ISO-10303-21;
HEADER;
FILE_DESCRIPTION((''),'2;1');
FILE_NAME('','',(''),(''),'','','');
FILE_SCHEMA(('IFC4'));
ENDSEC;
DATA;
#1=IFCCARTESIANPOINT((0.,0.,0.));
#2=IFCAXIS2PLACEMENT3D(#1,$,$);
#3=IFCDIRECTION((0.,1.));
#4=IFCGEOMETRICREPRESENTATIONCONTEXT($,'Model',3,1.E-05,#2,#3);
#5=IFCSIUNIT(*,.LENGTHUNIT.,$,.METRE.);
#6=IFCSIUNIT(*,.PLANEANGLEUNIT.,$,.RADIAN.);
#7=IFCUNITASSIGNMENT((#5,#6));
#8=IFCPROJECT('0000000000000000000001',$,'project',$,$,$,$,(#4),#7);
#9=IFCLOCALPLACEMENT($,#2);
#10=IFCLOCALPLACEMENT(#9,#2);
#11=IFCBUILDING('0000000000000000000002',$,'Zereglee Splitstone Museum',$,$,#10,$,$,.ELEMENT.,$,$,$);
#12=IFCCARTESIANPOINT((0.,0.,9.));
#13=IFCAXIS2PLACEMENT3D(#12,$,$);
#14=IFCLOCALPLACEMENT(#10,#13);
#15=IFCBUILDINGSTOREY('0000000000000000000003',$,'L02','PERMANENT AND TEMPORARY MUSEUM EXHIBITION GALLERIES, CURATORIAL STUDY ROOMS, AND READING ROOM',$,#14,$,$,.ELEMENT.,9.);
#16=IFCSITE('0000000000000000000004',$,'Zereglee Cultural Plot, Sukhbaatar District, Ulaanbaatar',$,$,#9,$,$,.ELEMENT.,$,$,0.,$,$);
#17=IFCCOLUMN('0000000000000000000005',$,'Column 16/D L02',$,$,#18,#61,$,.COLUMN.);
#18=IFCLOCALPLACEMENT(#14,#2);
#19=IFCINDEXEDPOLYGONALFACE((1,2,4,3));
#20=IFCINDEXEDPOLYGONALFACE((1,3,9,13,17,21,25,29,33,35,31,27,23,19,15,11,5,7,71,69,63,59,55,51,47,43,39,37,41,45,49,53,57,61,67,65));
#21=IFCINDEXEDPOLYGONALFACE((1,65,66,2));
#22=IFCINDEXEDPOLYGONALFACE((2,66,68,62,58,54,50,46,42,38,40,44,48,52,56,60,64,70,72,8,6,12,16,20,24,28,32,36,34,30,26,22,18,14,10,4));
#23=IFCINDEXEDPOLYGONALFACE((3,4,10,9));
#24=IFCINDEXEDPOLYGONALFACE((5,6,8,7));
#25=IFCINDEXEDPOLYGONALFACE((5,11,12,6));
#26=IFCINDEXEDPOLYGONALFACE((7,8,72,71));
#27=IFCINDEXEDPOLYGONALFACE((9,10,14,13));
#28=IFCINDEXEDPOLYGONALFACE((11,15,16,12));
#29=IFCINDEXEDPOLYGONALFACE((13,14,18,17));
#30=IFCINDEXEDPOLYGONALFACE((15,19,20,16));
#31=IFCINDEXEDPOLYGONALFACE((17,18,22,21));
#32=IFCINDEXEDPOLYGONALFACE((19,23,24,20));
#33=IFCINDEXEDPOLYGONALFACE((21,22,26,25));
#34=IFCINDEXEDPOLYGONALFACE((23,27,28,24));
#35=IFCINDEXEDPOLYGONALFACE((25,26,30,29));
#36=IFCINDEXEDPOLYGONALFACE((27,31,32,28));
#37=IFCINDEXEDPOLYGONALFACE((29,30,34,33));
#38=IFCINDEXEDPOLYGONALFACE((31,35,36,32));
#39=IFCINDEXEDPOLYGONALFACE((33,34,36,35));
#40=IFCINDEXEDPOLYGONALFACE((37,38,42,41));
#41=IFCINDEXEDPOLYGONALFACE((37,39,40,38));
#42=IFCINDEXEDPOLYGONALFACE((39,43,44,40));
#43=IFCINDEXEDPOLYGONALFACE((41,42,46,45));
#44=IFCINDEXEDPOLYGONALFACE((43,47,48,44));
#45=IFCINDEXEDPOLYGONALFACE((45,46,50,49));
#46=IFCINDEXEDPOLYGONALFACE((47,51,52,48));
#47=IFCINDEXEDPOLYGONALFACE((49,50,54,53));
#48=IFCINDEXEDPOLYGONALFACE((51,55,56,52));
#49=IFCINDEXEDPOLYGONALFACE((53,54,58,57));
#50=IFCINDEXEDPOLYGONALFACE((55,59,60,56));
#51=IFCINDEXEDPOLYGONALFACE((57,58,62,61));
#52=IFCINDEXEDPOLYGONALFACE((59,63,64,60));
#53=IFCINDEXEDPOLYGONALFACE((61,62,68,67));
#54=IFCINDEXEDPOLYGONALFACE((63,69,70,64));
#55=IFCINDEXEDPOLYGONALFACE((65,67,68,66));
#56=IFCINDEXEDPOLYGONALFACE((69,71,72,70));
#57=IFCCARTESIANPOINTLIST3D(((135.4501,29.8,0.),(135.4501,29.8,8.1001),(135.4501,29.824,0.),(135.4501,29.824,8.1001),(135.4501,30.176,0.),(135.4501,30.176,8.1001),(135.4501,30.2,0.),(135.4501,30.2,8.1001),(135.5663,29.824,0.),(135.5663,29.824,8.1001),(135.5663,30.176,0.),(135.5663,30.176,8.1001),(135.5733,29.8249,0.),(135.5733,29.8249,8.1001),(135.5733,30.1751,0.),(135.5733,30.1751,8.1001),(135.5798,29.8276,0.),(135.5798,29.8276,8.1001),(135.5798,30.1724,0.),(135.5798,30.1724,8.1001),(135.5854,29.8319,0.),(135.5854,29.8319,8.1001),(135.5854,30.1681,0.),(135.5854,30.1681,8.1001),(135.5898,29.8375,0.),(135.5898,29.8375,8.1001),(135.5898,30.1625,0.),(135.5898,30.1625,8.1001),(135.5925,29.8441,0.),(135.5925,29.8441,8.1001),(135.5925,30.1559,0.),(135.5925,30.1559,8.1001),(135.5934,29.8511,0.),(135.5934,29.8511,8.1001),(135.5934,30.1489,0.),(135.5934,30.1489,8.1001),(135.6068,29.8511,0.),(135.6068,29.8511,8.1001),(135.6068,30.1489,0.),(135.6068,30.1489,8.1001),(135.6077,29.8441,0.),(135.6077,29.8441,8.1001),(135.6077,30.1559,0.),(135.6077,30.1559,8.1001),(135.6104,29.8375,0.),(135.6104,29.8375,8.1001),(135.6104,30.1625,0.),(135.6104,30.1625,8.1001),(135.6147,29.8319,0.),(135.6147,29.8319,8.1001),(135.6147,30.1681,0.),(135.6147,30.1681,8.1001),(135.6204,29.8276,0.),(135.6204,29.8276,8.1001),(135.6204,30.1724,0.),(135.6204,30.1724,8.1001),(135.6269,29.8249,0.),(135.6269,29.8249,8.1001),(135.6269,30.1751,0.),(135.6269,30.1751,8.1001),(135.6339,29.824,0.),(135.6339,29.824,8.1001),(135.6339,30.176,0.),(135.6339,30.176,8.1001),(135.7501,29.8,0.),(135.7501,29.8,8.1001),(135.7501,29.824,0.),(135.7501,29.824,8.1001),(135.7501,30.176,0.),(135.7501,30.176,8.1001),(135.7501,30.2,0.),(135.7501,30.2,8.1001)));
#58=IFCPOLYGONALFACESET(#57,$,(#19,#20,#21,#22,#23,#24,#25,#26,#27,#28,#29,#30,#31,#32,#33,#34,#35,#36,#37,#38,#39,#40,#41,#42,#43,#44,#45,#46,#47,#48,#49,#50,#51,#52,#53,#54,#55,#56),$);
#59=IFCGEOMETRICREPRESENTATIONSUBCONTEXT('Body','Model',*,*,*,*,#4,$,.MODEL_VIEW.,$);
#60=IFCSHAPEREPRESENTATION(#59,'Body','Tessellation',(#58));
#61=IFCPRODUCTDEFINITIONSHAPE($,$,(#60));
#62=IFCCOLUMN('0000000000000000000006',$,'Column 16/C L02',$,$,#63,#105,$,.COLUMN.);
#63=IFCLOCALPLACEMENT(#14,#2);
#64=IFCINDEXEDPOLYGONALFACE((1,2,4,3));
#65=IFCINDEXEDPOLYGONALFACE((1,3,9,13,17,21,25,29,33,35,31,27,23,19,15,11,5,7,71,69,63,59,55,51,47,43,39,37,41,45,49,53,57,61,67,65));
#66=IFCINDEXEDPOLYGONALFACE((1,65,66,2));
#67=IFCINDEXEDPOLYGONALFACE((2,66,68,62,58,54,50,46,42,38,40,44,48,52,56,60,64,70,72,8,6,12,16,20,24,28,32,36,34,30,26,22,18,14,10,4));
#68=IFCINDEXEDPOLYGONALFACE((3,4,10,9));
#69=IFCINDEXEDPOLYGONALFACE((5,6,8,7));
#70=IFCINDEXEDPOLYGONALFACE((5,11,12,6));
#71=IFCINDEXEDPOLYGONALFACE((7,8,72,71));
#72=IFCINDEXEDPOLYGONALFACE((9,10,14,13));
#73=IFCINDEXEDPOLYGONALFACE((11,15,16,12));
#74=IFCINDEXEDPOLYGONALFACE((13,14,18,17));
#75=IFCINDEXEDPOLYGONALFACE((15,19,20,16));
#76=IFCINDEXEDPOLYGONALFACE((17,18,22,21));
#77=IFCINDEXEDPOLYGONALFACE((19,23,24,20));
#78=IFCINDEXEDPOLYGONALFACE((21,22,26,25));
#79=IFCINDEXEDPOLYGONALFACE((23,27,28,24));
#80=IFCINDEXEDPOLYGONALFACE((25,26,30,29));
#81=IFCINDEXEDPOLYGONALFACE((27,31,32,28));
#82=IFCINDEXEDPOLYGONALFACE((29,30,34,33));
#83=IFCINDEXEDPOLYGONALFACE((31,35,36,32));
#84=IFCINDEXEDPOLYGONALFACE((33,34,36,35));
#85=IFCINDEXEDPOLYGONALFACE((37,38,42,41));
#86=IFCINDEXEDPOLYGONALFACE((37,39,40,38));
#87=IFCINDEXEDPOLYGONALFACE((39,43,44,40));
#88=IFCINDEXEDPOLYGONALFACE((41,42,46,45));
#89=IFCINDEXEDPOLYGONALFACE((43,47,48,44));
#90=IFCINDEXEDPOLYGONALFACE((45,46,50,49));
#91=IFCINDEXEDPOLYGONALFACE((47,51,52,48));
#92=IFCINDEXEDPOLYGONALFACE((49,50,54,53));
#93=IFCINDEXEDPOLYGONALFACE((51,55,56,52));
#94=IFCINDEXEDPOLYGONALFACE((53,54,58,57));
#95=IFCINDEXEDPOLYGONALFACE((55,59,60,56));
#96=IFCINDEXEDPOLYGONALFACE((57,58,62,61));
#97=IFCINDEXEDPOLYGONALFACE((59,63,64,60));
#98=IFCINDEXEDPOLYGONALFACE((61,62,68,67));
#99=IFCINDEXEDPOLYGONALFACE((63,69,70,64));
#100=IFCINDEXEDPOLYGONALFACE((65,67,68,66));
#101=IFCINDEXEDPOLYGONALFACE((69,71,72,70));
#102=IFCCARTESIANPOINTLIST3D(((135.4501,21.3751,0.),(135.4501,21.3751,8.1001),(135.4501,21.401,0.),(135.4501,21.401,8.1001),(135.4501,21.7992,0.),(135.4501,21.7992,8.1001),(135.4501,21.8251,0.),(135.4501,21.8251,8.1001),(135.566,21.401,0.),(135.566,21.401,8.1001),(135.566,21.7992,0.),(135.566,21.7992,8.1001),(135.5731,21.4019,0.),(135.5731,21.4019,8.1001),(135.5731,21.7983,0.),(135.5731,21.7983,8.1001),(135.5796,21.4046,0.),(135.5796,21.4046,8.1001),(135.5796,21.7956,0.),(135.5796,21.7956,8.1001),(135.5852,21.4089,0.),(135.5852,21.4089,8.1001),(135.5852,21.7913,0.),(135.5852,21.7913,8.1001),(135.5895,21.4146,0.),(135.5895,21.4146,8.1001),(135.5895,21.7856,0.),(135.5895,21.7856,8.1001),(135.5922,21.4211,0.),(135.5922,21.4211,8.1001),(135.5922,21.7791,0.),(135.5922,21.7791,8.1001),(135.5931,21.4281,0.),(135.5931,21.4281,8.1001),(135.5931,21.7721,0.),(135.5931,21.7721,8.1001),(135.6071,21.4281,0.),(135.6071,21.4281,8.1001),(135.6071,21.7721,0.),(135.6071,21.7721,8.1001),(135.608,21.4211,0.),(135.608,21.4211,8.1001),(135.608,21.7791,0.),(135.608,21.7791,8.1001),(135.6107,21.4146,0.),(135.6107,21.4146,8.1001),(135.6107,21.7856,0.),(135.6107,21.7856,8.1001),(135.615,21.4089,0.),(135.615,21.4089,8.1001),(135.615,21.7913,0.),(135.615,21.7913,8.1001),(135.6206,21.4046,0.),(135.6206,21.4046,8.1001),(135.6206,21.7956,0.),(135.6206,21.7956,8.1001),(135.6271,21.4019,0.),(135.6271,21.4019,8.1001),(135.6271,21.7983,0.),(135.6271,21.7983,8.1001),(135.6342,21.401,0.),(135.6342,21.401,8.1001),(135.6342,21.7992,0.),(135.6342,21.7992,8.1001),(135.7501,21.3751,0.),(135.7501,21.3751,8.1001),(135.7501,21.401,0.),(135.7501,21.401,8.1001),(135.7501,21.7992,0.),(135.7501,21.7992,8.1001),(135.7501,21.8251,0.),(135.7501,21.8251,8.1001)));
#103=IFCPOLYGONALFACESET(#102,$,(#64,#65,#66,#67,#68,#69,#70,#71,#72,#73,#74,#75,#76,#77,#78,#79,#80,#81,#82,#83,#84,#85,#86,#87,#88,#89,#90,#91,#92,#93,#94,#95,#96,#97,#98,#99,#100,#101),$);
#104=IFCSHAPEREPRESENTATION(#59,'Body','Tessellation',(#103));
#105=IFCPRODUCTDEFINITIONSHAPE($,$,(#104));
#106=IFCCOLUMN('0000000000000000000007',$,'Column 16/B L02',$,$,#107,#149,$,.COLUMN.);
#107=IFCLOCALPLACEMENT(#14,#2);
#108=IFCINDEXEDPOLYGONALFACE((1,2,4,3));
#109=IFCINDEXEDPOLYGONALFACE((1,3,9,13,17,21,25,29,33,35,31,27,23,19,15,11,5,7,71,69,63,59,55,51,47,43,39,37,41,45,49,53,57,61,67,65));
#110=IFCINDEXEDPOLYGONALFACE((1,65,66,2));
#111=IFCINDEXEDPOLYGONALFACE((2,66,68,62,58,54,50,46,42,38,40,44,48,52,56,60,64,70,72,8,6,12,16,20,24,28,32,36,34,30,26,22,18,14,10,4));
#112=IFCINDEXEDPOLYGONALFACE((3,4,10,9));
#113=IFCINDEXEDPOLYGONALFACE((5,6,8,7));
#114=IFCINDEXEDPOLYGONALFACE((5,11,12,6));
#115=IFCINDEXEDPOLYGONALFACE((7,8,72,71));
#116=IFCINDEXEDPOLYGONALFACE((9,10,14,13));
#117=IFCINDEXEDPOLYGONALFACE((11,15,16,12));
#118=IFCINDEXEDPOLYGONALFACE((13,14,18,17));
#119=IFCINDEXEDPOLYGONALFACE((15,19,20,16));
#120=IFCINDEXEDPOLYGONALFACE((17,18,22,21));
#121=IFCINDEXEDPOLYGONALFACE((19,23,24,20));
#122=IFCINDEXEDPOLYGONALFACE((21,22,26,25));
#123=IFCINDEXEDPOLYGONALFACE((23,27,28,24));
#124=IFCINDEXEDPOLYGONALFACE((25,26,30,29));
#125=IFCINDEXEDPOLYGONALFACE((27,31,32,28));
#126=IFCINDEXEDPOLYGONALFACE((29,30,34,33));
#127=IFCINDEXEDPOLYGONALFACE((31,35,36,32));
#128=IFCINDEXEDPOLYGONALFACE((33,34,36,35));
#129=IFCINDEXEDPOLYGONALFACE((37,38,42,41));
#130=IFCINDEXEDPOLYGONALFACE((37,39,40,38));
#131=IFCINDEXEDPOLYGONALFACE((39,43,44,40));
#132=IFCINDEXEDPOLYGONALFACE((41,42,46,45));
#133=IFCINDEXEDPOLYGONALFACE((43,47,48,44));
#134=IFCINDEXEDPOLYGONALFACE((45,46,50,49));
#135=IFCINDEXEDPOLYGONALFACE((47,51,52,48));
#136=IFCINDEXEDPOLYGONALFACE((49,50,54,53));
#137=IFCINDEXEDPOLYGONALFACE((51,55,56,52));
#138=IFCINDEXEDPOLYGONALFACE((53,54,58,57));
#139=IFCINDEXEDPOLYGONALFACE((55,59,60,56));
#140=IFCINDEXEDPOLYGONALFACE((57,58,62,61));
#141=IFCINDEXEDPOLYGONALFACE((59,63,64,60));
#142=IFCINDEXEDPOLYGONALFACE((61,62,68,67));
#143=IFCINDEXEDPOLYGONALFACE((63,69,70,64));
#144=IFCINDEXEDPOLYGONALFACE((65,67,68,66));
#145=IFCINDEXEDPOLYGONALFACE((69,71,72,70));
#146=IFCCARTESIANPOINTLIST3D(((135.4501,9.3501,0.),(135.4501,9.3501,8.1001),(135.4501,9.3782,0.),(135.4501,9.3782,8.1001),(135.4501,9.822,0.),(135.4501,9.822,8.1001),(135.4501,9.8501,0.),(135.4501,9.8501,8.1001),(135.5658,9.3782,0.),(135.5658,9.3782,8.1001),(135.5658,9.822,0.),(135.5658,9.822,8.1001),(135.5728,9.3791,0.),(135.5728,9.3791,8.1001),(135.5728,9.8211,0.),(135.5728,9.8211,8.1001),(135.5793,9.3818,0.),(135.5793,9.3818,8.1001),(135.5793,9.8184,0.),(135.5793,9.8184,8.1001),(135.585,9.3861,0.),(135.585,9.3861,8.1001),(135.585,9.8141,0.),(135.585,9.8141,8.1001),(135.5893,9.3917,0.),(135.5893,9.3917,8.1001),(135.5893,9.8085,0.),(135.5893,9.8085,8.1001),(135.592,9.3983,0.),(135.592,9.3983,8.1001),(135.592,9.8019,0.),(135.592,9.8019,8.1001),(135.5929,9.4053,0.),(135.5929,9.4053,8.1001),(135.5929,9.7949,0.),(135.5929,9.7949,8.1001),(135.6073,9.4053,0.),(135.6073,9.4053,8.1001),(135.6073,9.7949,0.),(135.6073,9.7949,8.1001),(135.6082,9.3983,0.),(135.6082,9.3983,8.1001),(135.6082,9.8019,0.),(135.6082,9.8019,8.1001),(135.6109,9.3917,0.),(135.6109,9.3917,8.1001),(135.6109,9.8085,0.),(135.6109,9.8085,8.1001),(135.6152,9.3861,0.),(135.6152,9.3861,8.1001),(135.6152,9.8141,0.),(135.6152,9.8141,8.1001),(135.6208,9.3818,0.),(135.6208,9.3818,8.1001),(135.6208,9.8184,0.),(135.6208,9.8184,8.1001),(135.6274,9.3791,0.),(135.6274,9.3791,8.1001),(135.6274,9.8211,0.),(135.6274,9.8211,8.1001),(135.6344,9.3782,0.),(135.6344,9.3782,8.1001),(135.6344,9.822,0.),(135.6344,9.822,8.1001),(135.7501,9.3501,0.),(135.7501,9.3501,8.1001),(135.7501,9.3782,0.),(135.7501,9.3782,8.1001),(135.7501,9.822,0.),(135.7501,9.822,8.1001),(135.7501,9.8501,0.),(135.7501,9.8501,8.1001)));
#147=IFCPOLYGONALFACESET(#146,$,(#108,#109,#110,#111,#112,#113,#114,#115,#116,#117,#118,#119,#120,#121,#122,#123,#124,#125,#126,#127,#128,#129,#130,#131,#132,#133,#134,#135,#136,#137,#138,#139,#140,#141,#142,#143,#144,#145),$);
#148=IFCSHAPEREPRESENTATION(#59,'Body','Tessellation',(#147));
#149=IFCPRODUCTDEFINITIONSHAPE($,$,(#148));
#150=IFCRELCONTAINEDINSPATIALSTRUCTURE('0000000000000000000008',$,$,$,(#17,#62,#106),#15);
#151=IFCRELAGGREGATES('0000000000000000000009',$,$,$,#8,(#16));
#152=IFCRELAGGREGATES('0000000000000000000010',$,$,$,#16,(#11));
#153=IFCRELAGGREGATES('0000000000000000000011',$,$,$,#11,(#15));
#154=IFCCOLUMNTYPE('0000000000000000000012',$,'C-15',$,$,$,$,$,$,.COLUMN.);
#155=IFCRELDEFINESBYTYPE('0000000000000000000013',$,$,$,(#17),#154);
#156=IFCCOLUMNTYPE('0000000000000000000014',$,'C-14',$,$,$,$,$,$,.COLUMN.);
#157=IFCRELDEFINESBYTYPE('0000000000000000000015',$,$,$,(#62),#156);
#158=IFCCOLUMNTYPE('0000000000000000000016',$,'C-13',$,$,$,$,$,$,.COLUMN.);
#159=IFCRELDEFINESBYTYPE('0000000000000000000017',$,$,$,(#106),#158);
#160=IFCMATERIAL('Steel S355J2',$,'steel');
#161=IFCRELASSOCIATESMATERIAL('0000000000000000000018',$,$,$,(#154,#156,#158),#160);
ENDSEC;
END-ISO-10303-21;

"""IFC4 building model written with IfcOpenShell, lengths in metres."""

from ifc_helpers import new_model, si_unit, direction, frame, origin, origin_2d, place, context, subcontext, project, spatial, i_section, extrude, material, material_profile, profile_set, type_object, element, save


model = new_model("IFC4")

# Units and contexts
model_context = context("Model", 3, precision=1e-05, world=origin(), true_north=direction((0.0, 1.0)))
body_context = subcontext(model_context, "Body", "Model", "MODEL_VIEW")
ifc_project = project(units=[si_unit("LENGTHUNIT", "METRE"), si_unit("PLANEANGLEUNIT", "RADIAN")], contexts=[model_context])

# Site, building, storey
site_placement = place(None, origin())
site = spatial("IfcSite", under=ifc_project, at=site_placement, Name="Zereglee Cultural Plot, Sukhbaatar District, Ulaanbaatar", CompositionType="ELEMENT", RefElevation=0.0)
building_placement = place(site_placement, origin())
building = spatial("IfcBuilding", under=site, at=building_placement, Name="Zereglee Splitstone Museum", CompositionType="ELEMENT")
storey_placement = place(building_placement, frame((0.0, 0.0, 9.0)))
storey = spatial("IfcBuildingStorey", under=building, at=storey_placement, Name="L02", Description="PERMANENT AND TEMPORARY MUSEUM EXHIBITION GALLERIES, CURATORIAL STUDY ROOMS, AND READING ROOM", CompositionType="ELEMENT", Elevation=9.0)

# Columns
ifc_material_1 = material(Name="Steel S355J2", Category="steel")
ifc_material_profile_1 = material_profile(ifc_material_1, i_section(OverallWidth=0.3, OverallDepth=0.3999, WebThickness=0.0134, FlangeThickness=0.0239, FilletRadius=0.0271, at=origin_2d()), Name="HE 400 B")
ifc_profile_set_1 = profile_set([ifc_material_profile_1], Name="Steel S355J2")
column_type_1 = type_object("IfcColumnType", Name="C-15", PredefinedType="COLUMN", material=ifc_profile_set_1)
column_1_placement = place(storey_placement, frame((135.6001, 30.0, 0.0), z_axis=(0.0, 0.0, 1.0), x_axis=(1.0, 0.0, 0.0)))
element("IfcColumn", 1, at=column_1_placement, inside=storey, type_object=column_type_1, Name="Column 16/D L02", PredefinedType="COLUMN", context=body_context, shape_type="SweptSolid", body=[
    extrude(i_section(OverallWidth=0.3, OverallDepth=0.3999, WebThickness=0.0134, FlangeThickness=0.0239, FilletRadius=0.0271, at=origin_2d()), origin(), (0.0, 0.0, 1.0), 8.1001),
])
ifc_material_profile_2 = material_profile(ifc_material_1, i_section(OverallWidth=0.3, OverallDepth=0.45, WebThickness=0.0139, FlangeThickness=0.0259, FilletRadius=0.0271, at=origin_2d()), Name="HE 450 B")
ifc_profile_set_2 = profile_set([ifc_material_profile_2], Name="Steel S355J2")
column_type_2 = type_object("IfcColumnType", Name="C-14", PredefinedType="COLUMN", material=ifc_profile_set_2)
column_2_placement = place(storey_placement, frame((135.6001, 21.6001, 0.0), z_axis=(0.0, 0.0, 1.0), x_axis=(1.0, 0.0, 0.0)))
element("IfcColumn", 2, at=column_2_placement, inside=storey, type_object=column_type_2, Name="Column 16/C L02", PredefinedType="COLUMN", context=body_context, shape_type="SweptSolid", body=[
    extrude(i_section(OverallWidth=0.3, OverallDepth=0.45, WebThickness=0.0139, FlangeThickness=0.0259, FilletRadius=0.0271, at=origin_2d()), origin(), (0.0, 0.0, 1.0), 8.1001),
])
ifc_material_profile_3 = material_profile(ifc_material_1, i_section(OverallWidth=0.3, OverallDepth=0.5, WebThickness=0.0144, FlangeThickness=0.0281, FilletRadius=0.0271, at=origin_2d()), Name="HE 500 B")
ifc_profile_set_3 = profile_set([ifc_material_profile_3], Name="Steel S355J2")
column_type_3 = type_object("IfcColumnType", Name="C-13", PredefinedType="COLUMN", material=ifc_profile_set_3)
column_3_placement = place(storey_placement, frame((135.6001, 9.6001, 0.0), z_axis=(0.0, 0.0, 1.0), x_axis=(1.0, 0.0, 0.0)))
element("IfcColumn", 3, at=column_3_placement, inside=storey, type_object=column_type_3, Name="Column 16/B L02", PredefinedType="COLUMN", context=body_context, shape_type="SweptSolid", body=[
    extrude(i_section(OverallWidth=0.3, OverallDepth=0.5, WebThickness=0.0144, FlangeThickness=0.0281, FilletRadius=0.0271, at=origin_2d()), origin(), (0.0, 0.0, 1.0), 8.1001),
])

save(model, "model.ifc")
